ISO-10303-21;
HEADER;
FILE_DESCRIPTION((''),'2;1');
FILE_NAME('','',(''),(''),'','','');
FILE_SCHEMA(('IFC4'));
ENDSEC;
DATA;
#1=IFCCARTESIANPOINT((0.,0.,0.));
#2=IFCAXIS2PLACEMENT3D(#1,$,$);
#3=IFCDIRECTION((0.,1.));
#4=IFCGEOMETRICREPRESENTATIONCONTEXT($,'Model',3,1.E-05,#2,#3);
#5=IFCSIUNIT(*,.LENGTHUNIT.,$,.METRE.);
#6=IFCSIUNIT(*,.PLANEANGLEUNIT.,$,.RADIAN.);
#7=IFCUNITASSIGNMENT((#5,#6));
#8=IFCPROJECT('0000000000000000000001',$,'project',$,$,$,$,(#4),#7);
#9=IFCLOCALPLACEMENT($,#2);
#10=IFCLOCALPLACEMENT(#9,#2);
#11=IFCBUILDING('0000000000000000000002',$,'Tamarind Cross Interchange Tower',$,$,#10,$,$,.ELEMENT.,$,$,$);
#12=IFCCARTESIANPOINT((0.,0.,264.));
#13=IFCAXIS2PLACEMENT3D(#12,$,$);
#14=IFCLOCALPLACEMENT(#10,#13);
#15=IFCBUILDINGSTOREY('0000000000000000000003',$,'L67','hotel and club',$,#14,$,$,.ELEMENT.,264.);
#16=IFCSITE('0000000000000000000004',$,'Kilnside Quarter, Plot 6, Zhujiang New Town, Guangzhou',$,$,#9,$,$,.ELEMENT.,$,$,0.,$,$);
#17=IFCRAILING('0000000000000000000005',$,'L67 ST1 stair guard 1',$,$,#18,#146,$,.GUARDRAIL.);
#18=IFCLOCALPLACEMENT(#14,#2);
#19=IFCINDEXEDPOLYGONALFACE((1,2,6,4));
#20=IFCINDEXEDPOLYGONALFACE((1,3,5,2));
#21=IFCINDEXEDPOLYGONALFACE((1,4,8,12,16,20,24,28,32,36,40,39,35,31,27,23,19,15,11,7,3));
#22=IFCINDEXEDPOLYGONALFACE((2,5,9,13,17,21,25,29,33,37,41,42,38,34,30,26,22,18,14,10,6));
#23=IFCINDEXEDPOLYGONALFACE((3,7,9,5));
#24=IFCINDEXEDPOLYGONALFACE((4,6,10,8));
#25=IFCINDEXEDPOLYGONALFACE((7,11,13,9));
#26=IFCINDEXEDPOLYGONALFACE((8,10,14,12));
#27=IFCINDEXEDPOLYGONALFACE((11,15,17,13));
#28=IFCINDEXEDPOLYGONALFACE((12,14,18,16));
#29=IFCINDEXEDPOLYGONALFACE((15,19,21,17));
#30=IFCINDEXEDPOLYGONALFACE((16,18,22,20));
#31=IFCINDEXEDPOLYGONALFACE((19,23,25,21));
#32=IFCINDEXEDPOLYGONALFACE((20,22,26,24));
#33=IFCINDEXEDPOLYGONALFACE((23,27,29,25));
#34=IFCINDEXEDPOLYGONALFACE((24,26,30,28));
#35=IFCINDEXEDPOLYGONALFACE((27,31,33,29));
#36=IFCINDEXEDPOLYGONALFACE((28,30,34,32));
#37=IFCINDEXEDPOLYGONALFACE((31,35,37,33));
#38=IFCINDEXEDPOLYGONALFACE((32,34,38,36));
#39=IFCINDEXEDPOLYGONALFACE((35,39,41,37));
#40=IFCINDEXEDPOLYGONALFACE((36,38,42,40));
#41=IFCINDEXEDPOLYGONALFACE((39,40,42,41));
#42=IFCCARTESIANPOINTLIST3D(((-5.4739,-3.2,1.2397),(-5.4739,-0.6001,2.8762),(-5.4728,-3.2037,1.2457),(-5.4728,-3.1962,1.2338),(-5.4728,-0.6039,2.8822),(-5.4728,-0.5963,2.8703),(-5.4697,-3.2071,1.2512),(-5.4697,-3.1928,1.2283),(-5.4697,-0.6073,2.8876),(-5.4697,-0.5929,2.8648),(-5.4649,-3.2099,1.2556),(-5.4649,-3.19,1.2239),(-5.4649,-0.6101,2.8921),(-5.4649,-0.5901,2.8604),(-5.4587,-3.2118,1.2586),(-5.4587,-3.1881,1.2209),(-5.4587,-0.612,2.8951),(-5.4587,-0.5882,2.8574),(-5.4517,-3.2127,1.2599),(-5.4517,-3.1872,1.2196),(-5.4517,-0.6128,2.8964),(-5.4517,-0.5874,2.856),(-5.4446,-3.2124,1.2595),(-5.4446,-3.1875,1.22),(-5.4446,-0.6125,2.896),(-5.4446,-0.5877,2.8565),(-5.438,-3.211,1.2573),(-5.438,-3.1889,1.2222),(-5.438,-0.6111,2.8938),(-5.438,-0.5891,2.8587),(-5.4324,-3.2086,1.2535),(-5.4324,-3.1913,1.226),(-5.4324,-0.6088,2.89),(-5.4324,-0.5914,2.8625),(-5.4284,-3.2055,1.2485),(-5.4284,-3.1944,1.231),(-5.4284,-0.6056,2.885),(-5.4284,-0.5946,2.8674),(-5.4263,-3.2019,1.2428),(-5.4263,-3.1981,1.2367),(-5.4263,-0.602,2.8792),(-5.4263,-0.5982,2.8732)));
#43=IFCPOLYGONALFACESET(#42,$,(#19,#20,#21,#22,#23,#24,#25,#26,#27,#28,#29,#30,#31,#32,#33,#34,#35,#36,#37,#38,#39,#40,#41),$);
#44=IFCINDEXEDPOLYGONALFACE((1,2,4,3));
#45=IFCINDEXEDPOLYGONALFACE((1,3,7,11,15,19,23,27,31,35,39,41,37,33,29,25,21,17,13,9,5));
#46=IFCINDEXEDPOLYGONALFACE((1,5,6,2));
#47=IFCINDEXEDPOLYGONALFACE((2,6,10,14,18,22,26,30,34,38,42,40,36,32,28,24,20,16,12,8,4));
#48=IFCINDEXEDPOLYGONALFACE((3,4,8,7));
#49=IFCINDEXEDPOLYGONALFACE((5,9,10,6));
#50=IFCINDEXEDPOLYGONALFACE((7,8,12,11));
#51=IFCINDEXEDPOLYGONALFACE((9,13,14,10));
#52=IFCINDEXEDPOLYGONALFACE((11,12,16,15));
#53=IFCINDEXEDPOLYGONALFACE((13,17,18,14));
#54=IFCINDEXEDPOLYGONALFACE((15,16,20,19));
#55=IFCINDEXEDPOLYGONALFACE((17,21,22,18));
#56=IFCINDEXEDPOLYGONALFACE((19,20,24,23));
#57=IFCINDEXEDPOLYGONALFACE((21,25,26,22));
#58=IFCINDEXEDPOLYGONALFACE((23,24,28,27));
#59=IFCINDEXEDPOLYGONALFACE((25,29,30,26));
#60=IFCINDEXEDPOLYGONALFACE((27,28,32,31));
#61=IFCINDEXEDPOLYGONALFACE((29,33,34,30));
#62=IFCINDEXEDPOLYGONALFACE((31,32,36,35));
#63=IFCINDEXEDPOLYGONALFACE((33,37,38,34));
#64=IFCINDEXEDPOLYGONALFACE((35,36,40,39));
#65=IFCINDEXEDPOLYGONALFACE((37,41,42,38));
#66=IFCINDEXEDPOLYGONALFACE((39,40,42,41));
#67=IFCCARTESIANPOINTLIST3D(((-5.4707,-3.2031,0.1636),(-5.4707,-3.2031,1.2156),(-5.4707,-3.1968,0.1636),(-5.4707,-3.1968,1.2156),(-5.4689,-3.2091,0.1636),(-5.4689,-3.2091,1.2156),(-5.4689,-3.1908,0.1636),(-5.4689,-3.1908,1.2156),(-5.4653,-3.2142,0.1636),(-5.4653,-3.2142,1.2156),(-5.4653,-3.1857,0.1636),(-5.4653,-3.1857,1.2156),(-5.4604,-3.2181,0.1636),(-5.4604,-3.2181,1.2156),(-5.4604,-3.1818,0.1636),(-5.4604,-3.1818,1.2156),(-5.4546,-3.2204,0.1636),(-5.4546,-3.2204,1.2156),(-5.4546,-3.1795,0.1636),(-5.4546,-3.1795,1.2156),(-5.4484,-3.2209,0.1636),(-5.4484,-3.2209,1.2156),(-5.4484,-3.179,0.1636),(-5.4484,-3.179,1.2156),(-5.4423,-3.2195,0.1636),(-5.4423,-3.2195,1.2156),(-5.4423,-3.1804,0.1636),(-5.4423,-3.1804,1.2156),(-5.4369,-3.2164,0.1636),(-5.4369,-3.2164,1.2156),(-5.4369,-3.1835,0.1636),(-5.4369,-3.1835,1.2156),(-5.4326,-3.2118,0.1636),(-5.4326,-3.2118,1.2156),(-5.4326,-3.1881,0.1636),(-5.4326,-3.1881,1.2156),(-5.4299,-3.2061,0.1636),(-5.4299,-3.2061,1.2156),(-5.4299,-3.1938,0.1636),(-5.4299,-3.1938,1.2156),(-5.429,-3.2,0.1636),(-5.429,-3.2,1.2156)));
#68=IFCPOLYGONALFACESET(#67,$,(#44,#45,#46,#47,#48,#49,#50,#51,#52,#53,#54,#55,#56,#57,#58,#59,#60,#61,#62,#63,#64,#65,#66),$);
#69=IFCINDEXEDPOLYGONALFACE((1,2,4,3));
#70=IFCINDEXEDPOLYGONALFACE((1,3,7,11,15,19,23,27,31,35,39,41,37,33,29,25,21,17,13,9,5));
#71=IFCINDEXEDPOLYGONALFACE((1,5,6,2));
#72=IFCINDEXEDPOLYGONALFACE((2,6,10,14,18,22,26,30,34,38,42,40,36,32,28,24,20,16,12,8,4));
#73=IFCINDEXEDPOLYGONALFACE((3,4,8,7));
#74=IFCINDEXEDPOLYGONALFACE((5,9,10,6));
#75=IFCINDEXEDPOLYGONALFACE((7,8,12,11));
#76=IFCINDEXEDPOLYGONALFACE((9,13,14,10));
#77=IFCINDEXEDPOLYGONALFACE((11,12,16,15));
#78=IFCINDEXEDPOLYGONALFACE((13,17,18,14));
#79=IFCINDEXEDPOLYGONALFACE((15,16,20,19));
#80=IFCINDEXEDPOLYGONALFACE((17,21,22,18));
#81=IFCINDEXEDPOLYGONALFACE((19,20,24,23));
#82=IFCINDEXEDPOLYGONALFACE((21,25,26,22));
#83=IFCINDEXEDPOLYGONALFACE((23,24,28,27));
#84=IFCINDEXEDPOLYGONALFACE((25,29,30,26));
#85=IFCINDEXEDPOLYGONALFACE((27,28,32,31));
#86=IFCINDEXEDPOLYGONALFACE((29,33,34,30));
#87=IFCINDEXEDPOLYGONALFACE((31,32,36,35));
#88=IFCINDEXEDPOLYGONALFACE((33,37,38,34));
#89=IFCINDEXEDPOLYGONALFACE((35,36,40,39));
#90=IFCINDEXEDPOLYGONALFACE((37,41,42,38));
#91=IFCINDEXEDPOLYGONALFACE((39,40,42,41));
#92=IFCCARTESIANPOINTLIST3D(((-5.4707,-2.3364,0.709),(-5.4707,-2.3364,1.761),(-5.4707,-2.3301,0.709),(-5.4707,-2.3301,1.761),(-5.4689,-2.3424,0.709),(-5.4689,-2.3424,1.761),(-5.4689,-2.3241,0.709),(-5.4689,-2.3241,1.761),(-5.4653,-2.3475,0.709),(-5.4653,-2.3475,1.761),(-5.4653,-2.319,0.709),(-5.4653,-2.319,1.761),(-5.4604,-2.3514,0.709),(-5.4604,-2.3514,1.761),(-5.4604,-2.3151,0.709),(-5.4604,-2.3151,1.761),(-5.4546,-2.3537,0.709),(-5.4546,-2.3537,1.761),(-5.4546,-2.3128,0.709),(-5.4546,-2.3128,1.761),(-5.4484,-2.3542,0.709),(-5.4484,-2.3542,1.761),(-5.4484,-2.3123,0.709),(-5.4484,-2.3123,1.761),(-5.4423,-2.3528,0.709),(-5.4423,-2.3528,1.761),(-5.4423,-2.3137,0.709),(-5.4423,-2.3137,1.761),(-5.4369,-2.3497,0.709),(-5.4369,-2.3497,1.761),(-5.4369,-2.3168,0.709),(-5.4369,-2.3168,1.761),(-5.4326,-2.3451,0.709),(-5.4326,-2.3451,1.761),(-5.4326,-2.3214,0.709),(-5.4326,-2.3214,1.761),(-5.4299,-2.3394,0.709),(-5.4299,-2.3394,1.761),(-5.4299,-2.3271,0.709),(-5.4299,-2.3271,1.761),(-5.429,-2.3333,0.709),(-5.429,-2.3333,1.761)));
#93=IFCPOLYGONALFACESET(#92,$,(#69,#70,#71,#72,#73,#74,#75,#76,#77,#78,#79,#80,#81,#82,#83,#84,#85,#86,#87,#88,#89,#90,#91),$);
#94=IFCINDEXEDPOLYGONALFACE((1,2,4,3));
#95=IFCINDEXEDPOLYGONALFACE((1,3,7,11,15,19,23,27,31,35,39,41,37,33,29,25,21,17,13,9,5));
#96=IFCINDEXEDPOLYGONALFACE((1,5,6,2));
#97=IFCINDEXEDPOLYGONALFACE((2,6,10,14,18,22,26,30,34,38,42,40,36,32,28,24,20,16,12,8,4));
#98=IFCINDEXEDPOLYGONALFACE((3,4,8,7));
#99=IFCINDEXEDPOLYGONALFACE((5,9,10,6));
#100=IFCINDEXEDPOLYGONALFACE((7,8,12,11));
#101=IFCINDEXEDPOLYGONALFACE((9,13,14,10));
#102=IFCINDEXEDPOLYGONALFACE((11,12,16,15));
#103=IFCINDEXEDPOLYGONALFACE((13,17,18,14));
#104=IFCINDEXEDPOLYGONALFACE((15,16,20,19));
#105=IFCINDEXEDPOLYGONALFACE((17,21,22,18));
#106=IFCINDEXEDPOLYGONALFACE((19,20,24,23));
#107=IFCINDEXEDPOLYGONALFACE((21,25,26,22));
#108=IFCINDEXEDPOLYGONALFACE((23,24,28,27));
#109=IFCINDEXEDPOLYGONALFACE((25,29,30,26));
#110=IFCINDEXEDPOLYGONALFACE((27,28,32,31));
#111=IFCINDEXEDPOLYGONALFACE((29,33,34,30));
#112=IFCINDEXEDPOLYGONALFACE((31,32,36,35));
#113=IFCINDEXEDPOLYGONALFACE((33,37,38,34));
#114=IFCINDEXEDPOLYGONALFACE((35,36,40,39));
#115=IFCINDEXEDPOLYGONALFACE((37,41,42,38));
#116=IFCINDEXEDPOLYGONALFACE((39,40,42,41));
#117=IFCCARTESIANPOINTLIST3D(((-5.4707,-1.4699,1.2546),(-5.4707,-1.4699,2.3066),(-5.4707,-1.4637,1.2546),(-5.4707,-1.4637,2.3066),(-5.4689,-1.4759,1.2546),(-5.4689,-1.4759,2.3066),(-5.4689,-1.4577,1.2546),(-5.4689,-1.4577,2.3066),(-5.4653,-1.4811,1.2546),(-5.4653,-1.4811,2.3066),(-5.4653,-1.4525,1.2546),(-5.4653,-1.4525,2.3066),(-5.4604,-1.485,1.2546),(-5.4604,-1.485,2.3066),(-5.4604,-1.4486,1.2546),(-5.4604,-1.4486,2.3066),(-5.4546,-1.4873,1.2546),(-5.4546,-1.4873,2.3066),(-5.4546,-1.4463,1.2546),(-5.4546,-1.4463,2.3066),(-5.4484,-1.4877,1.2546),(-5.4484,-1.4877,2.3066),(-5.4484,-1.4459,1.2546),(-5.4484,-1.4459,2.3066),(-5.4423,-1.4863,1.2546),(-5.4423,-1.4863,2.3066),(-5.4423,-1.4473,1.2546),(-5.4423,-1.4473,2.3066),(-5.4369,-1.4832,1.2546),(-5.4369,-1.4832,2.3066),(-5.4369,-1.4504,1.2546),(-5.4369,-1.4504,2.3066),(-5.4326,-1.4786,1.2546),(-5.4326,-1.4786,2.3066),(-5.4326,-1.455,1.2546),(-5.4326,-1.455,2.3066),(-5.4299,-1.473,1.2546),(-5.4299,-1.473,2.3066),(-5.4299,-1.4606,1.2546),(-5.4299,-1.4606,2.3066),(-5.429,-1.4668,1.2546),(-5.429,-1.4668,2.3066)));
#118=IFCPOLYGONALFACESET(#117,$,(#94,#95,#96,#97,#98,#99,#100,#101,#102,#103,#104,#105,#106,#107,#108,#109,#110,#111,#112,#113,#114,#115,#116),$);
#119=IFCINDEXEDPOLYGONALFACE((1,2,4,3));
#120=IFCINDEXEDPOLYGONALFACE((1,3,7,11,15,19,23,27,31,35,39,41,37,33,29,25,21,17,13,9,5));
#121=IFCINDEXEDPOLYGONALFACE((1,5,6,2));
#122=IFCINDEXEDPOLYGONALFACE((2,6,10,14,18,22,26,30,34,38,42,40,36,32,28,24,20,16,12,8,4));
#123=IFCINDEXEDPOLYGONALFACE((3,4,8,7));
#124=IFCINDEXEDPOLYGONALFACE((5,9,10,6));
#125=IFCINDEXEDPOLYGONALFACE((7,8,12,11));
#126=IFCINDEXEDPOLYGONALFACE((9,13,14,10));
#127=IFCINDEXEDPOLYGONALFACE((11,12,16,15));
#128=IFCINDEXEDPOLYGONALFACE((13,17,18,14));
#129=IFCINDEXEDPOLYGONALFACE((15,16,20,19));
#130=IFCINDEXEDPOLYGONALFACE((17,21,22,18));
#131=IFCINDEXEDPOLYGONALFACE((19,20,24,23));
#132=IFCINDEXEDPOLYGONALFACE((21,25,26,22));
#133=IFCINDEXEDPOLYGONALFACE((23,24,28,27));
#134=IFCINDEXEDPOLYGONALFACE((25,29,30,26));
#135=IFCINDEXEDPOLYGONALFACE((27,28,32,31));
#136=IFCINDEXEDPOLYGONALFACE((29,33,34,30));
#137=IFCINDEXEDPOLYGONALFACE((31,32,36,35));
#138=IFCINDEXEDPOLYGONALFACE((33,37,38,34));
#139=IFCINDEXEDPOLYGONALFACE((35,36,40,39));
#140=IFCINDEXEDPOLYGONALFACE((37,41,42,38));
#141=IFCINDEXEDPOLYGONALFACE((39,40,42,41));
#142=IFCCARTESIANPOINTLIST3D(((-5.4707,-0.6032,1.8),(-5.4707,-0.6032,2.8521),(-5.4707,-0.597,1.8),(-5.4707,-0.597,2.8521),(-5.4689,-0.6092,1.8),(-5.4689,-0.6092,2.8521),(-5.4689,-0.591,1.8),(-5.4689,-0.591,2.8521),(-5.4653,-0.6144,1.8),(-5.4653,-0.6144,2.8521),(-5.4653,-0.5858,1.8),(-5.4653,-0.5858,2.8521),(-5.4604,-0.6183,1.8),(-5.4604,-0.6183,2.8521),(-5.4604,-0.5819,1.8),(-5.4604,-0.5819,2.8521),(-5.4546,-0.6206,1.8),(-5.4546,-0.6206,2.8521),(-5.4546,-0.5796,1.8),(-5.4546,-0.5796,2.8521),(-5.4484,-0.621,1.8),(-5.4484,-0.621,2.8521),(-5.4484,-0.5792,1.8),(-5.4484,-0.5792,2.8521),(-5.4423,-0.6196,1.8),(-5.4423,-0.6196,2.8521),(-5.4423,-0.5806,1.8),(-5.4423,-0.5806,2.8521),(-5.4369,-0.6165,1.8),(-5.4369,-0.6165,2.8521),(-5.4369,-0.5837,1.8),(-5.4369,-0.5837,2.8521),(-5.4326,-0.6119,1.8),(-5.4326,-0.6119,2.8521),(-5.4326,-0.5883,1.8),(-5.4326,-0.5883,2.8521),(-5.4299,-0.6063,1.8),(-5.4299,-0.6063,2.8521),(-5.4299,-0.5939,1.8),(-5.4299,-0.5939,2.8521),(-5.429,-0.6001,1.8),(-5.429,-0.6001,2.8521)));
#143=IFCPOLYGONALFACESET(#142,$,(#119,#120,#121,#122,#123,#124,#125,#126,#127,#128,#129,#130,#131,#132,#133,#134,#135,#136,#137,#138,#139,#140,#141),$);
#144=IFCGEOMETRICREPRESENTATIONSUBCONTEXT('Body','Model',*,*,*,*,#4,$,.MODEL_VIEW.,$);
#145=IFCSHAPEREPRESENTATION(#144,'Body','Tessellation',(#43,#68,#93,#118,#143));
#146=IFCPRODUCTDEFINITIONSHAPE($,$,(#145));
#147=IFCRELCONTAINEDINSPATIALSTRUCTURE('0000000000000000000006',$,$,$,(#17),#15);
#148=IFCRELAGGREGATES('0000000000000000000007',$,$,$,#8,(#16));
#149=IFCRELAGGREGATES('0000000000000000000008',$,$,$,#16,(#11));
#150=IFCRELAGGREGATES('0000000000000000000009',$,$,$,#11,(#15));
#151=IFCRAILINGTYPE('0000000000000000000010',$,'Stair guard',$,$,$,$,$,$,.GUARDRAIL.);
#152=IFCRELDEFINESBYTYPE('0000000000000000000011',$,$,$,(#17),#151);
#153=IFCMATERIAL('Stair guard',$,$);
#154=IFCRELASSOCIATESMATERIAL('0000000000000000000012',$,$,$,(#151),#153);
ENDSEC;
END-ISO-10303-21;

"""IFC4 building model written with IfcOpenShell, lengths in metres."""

from ifc_helpers import new_model, si_unit, direction, frame, origin, origin_2d, place, context, subcontext, project, spatial, circle, extrude, material, type_object, element, save


model = new_model("IFC4")

# Units and contexts
model_context = context("Model", 3, precision=1e-05, world=origin(), true_north=direction((0.0, 1.0)))
body_context = subcontext(model_context, "Body", "Model", "MODEL_VIEW")
ifc_project = project(units=[si_unit("LENGTHUNIT", "METRE"), si_unit("PLANEANGLEUNIT", "RADIAN")], contexts=[model_context])

# Site, building, storey
site_placement = place(None, origin())
site = spatial("IfcSite", under=ifc_project, at=site_placement, Name="Kilnside Quarter, Plot 6, Zhujiang New Town, Guangzhou", CompositionType="ELEMENT", RefElevation=0.0)
building_placement = place(site_placement, origin())
building = spatial("IfcBuilding", under=site, at=building_placement, Name="Tamarind Cross Interchange Tower", CompositionType="ELEMENT")
storey_placement = place(building_placement, frame((0.0, 0.0, 264.0)))
storey = spatial("IfcBuildingStorey", under=building, at=storey_placement, Name="L67", Description="hotel and club", CompositionType="ELEMENT", Elevation=264.0)

# Railing
ifc_material_1 = material(Name="Stair guard")
railing_type_1 = type_object("IfcRailingType", Name="Stair guard", PredefinedType="GUARDRAIL", material=ifc_material_1)
railing_1_placement = place(storey_placement, frame((-5.45, -3.2, 0.1636)))
element("IfcRailing", 1, at=railing_1_placement, inside=storey, type_object=railing_type_1, Name="L67 ST1 stair guard 1", PredefinedType="GUARDRAIL", context=body_context, shape_type="SweptSolid", body=[
    extrude(circle(Radius=0.0239, at=origin_2d()), frame((0.0, 0.0, 1.0762), z_axis=(0.0, 0.846302, 0.532704), x_axis=(-1.0, 0.0, 0.0)), (0.0, 0.0, 1.0), 3.072),
    extrude(circle(Radius=0.021, at=origin_2d()), origin(), (0.0, 0.0, 1.0), 1.052),
    extrude(circle(Radius=0.021, at=origin_2d()), frame((0.0, 0.8667, 0.5454)), (0.0, 0.0, 1.0), 1.052),
    extrude(circle(Radius=0.021, at=origin_2d()), frame((0.0, 1.7332, 1.0911)), (0.0, 0.0, 1.0), 1.052),
    extrude(circle(Radius=0.021, at=origin_2d()), frame((0.0, 2.5999, 1.6365)), (0.0, 0.0, 1.0), 1.052),
])

save(model, "model.ifc")
